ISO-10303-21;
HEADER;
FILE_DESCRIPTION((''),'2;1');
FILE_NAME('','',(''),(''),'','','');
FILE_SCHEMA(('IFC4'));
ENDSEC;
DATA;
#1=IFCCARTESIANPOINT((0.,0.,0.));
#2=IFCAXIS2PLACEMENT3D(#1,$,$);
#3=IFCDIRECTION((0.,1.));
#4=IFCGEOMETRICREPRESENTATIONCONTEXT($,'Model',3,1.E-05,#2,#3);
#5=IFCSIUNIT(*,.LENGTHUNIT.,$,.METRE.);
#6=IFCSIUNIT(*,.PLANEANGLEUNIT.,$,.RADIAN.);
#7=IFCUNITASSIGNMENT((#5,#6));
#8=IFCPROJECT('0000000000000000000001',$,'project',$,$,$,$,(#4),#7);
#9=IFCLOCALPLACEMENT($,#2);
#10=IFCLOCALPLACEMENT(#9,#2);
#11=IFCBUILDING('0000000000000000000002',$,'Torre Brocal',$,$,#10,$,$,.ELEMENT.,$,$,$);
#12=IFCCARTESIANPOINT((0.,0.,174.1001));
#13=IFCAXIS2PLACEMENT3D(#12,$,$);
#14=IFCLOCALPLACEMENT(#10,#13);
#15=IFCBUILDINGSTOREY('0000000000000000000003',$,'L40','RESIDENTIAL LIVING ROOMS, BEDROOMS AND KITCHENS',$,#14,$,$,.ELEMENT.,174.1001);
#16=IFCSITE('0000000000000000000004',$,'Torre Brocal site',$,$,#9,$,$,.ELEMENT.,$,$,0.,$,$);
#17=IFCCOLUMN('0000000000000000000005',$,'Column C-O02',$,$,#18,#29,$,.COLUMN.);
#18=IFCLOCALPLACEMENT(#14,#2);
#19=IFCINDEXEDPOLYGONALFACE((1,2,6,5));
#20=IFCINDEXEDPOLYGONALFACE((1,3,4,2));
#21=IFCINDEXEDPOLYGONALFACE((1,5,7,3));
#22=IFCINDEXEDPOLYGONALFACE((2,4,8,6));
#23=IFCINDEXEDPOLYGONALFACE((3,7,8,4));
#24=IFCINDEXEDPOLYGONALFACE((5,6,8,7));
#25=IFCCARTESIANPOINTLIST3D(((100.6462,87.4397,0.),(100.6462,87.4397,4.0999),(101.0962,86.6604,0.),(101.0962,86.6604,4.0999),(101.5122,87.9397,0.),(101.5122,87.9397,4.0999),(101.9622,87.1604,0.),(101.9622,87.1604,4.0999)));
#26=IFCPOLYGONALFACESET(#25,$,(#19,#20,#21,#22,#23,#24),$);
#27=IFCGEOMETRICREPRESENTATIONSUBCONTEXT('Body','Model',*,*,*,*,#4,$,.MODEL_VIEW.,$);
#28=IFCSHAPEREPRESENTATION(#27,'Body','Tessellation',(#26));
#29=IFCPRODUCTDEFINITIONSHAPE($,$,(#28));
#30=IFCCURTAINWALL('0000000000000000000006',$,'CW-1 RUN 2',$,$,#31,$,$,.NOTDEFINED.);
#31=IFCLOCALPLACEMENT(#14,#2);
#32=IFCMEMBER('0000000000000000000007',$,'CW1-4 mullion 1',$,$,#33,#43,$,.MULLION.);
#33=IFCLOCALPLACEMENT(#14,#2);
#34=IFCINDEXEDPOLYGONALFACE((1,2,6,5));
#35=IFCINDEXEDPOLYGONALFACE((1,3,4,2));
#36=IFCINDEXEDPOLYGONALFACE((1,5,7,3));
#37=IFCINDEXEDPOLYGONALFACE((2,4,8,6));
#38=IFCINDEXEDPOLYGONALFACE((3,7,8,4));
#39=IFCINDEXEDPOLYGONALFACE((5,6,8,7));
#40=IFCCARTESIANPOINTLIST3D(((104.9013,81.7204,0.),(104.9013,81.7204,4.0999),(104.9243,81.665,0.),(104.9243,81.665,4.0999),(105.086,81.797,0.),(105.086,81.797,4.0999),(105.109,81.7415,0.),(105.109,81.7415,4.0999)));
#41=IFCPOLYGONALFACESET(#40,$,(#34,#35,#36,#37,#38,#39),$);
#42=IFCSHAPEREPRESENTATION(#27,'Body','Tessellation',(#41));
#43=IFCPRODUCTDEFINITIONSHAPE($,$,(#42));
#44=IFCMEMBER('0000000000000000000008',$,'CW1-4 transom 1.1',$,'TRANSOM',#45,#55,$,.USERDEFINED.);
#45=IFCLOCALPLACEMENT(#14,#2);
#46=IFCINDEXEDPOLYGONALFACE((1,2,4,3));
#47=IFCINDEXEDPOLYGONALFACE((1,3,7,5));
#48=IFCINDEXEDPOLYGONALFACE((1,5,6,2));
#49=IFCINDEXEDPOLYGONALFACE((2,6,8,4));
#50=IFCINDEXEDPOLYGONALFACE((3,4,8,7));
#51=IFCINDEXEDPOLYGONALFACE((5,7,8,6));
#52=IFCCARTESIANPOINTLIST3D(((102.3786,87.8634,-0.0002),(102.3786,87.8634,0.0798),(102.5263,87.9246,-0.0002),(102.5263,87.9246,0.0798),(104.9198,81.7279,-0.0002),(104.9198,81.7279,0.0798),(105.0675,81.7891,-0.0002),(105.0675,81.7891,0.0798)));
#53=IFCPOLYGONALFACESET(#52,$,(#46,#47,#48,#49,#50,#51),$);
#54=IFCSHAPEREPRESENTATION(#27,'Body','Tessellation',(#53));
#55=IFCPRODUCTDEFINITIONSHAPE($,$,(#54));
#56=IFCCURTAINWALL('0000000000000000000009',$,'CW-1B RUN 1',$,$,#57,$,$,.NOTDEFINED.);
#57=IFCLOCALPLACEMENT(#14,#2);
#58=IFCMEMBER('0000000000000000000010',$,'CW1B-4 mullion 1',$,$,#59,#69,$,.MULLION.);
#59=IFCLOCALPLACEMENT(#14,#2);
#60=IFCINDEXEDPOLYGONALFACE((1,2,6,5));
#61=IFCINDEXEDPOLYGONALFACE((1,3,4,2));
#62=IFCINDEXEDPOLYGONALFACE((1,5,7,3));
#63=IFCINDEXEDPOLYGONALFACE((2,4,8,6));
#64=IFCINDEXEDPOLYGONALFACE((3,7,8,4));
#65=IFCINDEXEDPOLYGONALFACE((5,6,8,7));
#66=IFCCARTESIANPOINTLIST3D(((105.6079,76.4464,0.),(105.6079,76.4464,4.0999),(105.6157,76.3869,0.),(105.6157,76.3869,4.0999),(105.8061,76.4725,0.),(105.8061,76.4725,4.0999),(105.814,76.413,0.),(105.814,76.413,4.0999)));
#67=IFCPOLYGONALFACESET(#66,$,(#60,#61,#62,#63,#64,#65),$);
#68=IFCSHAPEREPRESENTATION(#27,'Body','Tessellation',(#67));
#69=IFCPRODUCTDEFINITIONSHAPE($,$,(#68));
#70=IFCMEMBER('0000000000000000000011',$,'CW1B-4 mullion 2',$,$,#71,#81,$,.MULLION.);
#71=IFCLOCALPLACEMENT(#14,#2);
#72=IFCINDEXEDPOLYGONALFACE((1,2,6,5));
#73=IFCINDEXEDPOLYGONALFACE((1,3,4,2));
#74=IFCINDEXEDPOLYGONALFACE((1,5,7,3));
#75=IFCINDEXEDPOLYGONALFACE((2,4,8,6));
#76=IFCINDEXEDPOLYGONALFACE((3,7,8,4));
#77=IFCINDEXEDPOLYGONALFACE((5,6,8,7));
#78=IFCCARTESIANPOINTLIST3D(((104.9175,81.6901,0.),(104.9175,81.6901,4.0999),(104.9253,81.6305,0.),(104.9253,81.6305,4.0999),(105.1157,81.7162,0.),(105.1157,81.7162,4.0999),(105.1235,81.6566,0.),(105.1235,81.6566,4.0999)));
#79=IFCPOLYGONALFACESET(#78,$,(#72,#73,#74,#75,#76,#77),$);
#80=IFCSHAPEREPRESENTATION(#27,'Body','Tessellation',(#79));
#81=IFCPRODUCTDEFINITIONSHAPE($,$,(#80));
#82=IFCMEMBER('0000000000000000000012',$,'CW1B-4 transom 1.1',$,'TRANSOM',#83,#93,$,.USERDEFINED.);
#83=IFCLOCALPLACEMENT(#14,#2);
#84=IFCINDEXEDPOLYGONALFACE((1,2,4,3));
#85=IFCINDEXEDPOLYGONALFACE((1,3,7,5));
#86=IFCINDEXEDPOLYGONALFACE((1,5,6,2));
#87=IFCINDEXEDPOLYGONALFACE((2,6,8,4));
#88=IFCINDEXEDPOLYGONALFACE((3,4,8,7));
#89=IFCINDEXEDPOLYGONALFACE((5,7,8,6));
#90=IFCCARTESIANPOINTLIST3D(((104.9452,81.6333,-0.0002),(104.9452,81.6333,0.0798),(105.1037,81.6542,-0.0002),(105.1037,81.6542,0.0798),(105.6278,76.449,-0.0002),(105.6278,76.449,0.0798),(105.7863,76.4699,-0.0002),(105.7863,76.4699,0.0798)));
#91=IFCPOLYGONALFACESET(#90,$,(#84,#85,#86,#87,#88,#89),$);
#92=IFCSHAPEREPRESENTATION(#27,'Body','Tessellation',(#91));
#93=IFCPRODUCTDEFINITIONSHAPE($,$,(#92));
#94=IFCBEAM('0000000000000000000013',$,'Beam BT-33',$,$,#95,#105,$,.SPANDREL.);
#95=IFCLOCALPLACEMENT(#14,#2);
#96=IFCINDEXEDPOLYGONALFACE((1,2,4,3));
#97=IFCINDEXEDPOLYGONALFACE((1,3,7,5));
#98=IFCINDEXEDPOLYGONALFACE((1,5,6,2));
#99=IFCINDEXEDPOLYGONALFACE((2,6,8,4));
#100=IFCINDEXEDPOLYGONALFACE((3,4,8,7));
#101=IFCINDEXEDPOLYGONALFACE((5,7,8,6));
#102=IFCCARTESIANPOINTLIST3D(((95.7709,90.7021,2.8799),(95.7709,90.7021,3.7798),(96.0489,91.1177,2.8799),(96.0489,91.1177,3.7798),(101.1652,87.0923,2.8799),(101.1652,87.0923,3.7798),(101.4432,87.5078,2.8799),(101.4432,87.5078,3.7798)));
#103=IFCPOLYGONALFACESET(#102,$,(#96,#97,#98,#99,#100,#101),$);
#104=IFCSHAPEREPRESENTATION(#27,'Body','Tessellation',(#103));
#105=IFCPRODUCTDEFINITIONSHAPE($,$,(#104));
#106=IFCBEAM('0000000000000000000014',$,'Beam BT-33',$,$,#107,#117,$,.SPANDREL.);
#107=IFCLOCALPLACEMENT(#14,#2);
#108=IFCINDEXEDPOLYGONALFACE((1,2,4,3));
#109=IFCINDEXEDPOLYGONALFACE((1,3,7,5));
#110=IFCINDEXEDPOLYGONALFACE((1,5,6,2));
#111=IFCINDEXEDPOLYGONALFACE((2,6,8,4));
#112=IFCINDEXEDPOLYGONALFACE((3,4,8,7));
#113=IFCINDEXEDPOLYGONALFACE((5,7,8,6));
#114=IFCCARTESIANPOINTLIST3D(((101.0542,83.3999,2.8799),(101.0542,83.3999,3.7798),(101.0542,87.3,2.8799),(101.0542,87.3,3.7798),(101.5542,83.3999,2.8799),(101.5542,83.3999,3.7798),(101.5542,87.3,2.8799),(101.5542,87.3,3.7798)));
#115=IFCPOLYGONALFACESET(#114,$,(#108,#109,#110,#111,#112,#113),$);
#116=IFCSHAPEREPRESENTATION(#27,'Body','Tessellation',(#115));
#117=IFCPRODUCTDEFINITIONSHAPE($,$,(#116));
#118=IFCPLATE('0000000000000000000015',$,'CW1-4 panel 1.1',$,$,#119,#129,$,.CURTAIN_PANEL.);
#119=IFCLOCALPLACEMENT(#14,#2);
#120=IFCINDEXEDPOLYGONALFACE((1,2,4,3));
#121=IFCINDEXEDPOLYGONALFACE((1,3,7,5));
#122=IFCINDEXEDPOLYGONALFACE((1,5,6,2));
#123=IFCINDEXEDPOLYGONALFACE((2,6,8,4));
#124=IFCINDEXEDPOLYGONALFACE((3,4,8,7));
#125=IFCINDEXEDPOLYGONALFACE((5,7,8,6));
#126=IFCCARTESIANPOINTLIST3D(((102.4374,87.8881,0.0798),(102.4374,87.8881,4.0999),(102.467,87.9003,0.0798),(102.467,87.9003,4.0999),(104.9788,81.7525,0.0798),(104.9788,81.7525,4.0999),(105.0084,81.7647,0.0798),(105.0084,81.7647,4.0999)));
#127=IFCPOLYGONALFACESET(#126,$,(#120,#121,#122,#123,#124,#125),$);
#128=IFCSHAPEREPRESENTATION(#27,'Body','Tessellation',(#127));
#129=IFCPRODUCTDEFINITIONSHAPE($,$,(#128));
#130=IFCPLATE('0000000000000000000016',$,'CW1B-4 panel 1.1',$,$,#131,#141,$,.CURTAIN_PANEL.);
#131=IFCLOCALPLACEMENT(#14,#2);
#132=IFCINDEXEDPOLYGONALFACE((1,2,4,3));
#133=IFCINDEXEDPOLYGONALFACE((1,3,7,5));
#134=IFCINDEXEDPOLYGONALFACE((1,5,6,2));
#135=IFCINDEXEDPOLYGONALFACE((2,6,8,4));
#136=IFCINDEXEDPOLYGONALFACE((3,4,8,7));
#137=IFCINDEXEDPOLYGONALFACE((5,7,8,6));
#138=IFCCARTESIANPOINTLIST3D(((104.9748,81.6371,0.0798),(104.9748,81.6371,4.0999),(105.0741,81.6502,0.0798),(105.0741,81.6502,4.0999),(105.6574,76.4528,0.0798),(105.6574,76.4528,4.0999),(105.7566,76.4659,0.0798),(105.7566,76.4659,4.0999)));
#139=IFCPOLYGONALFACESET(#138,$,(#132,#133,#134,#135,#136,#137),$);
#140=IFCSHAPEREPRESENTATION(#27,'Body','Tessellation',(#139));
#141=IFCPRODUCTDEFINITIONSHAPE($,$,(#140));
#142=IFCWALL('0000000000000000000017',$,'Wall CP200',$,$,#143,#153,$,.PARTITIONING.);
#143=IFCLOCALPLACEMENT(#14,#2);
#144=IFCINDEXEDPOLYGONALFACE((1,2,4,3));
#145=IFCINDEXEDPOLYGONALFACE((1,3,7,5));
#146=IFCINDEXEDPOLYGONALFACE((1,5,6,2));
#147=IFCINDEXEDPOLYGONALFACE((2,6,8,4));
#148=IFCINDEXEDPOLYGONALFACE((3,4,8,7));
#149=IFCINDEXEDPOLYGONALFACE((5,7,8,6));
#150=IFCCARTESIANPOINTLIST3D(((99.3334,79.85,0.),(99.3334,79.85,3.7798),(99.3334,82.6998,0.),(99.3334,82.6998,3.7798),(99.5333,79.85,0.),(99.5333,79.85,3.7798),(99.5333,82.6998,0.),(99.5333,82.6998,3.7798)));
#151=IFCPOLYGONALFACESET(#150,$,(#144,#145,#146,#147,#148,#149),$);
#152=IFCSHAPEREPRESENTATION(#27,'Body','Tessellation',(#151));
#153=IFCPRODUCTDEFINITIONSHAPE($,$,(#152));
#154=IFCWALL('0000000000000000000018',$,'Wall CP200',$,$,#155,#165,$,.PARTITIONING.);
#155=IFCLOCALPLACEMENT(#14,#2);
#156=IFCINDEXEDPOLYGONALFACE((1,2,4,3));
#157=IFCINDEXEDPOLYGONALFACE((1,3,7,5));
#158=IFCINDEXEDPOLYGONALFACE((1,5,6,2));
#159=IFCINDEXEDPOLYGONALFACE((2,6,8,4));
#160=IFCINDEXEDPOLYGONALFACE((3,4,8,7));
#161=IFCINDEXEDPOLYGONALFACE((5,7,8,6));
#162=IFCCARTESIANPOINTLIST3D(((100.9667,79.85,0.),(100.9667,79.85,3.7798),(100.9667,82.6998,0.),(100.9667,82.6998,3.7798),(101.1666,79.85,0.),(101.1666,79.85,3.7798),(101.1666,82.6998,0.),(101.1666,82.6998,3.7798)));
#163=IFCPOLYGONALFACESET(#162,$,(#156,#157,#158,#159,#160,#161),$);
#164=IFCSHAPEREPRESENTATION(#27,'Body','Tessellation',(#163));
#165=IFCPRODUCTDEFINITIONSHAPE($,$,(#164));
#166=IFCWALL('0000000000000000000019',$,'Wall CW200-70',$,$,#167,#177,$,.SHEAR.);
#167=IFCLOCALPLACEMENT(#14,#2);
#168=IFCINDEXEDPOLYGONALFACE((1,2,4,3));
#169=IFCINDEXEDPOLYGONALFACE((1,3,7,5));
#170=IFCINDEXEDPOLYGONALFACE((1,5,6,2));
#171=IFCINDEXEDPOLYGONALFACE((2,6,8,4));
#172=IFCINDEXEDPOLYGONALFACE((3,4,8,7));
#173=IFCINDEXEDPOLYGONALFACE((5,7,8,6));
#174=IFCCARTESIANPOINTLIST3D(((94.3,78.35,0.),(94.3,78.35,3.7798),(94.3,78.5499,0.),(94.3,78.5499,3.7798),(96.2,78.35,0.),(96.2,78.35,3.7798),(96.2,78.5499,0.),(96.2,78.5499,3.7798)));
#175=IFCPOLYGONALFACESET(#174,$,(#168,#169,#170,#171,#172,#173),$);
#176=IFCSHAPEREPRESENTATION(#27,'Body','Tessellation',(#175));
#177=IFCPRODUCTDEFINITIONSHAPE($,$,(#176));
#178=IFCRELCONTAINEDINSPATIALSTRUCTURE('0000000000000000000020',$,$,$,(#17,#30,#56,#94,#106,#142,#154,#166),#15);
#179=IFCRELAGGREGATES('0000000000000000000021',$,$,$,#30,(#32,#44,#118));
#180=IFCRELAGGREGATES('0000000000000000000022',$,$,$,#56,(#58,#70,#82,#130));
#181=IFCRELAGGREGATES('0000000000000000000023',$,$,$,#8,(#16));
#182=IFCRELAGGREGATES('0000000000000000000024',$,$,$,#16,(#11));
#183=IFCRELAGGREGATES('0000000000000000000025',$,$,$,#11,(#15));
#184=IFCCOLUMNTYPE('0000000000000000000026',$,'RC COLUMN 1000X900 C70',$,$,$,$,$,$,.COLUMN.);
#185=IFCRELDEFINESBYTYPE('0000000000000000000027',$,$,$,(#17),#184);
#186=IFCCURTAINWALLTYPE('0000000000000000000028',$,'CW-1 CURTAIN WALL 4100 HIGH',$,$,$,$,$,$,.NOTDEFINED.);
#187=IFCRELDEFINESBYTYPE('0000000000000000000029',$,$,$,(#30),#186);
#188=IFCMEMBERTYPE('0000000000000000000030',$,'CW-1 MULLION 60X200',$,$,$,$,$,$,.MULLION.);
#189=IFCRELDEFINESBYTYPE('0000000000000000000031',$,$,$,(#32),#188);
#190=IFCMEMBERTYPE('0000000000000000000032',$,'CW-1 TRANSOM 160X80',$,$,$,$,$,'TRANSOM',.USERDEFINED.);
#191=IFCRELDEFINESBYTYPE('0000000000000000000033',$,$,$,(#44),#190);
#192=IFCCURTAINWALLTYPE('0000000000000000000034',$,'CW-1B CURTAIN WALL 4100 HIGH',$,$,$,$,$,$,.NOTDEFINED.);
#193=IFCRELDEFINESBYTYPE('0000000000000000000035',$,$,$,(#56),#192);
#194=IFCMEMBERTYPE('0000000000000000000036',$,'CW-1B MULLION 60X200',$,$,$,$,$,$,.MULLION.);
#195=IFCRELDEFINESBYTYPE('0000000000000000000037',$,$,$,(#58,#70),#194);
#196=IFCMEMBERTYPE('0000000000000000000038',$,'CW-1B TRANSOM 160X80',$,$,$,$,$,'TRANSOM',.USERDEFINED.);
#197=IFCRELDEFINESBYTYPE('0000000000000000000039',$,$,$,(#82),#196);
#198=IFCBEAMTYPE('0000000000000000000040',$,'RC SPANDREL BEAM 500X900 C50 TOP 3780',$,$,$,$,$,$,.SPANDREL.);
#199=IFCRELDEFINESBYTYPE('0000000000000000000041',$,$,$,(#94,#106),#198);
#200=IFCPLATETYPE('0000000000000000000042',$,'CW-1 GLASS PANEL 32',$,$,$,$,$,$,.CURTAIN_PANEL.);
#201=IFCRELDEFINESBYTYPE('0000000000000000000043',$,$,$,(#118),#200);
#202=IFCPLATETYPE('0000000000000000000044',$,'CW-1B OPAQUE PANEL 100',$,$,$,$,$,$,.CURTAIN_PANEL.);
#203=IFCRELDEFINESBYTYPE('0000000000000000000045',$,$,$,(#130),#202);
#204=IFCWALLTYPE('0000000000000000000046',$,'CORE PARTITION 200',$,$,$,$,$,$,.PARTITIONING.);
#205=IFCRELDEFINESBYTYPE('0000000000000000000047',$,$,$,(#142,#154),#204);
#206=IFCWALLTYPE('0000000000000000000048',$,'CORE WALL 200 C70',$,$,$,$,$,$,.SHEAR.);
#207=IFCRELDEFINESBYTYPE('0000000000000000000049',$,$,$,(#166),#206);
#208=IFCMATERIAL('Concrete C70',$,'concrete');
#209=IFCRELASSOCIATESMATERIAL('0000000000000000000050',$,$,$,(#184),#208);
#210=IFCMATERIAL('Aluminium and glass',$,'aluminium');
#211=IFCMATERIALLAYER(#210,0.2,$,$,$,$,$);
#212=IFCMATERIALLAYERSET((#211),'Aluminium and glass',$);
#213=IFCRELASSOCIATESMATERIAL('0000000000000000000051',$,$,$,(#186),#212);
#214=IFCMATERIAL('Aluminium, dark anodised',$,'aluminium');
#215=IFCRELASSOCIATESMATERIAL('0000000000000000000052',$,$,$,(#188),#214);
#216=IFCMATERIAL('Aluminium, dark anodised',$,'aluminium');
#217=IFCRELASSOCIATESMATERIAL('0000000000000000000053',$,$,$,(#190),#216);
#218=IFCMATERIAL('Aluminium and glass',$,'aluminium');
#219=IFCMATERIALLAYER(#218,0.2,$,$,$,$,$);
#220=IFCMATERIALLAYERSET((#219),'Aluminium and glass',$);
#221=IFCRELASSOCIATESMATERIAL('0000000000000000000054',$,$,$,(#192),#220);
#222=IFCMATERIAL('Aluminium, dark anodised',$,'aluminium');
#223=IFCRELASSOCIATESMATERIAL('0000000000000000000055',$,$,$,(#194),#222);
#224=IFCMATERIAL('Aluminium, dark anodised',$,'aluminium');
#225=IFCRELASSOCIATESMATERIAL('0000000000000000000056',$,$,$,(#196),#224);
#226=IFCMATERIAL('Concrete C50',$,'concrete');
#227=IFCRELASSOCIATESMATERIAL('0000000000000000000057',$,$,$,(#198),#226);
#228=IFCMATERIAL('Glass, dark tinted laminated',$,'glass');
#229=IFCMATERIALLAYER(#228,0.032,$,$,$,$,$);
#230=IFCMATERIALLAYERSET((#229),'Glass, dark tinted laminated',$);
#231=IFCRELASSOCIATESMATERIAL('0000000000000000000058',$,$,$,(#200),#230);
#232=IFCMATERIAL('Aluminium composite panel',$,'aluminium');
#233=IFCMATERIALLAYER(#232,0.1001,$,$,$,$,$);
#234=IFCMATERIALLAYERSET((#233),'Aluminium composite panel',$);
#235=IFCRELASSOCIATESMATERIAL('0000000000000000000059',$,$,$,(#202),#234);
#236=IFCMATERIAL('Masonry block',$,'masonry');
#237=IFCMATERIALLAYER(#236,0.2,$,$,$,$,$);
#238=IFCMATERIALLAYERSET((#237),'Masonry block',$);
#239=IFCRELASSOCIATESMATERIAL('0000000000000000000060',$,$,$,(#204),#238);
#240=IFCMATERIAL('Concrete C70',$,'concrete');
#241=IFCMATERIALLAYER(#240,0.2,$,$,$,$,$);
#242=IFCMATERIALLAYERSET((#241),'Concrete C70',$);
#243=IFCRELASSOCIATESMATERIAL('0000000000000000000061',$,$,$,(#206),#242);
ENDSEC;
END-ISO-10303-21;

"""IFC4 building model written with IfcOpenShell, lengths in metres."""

from ifc_helpers import new_model, si_unit, direction, frame, frame_2d, origin, origin_2d, place, context, subcontext, project, spatial, rectangle, extrude, material, layer, layer_set, material_profile, profile_set, type_object, element, aggregate, save


model = new_model("IFC4")

# Units and contexts
model_context = context("Model", 3, precision=1e-05, world=origin(), true_north=direction((0.0, 1.0)))
body_context = subcontext(model_context, "Body", "Model", "MODEL_VIEW")
ifc_project = project(units=[si_unit("LENGTHUNIT", "METRE"), si_unit("PLANEANGLEUNIT", "RADIAN")], contexts=[model_context])

# Site, building, storey
site_placement = place(None, origin())
site = spatial("IfcSite", under=ifc_project, at=site_placement, Name="Torre Brocal site", CompositionType="ELEMENT", RefElevation=0.0)
building_placement = place(site_placement, origin())
building = spatial("IfcBuilding", under=site, at=building_placement, Name="Torre Brocal", CompositionType="ELEMENT")
storey_placement = place(building_placement, frame((0.0, 0.0, 174.1001)))
storey = spatial("IfcBuildingStorey", under=building, at=storey_placement, Name="L40", Description="RESIDENTIAL LIVING ROOMS, BEDROOMS AND KITCHENS", CompositionType="ELEMENT", Elevation=174.1001)

# Column
ifc_material_1 = material(Name="Concrete C70", Category="concrete")
ifc_material_profile_1 = material_profile(ifc_material_1, rectangle(XDim=1.0, YDim=0.8999, at=origin_2d()), Name="RC 1000X900")
ifc_profile_set_1 = profile_set([ifc_material_profile_1], Name="Concrete C70")
column_type = type_object("IfcColumnType", Name="RC COLUMN 1000X900 C70", PredefinedType="COLUMN", material=ifc_profile_set_1)
column_placement = place(storey_placement, frame((101.3042, 87.3, 0.0), z_axis=(0.0, 0.0, 1.0), x_axis=(0.866025, 0.5, 0.0)))
element("IfcColumn", 1, at=column_placement, inside=storey, type_object=column_type, Name="Column C-O02", PredefinedType="COLUMN", context=body_context, shape_type="SweptSolid", body=[
    extrude(rectangle(XDim=1.0, YDim=0.8999, at=origin_2d()), origin(), (0.0, 0.0, 1.0), 4.0999),
])

# Curtain walls, members
ifc_material_2 = material(Name="Aluminium and glass", Category="aluminium")
ifc_layer_1 = layer(ifc_material_2, 0.2)
ifc_layer_set_1 = layer_set([ifc_layer_1], Name="Aluminium and glass")
curtain_wall_type_1 = type_object("IfcCurtainWallType", Name="CW-1 CURTAIN WALL 4100 HIGH", PredefinedType="NOTDEFINED", material=ifc_layer_set_1)
curtain_wall_1_placement = place(storey_placement, origin())
curtain_wall_1 = element("IfcCurtainWall", 2, at=curtain_wall_1_placement, inside=storey, type_object=curtain_wall_type_1, Name="CW-1 RUN 2", PredefinedType="NOTDEFINED")
ifc_material_3 = material(Name="Aluminium, dark anodised", Category="aluminium")
ifc_material_profile_2 = material_profile(ifc_material_3, rectangle(XDim=0.2, YDim=0.0601, at=origin_2d()), Name="CW-1 MULLION 60X200")
ifc_profile_set_2 = profile_set([ifc_material_profile_2], Name="Aluminium, dark anodised")
member_type_1 = type_object("IfcMemberType", Name="CW-1 MULLION 60X200", PredefinedType="MULLION", material=ifc_profile_set_2)
member_1_placement = place(storey_placement, frame((105.0051, 81.731, 0.0), z_axis=(0.0, 0.0, 1.0), x_axis=(-0.92388, -0.382683, 0.0)))
member_1 = element("IfcMember", 3, at=member_1_placement, type_object=member_type_1, Name="CW1-4 mullion 1", PredefinedType="MULLION", context=body_context, shape_type="SweptSolid", body=[
    extrude(rectangle(XDim=0.2, YDim=0.0601, at=origin_2d()), origin(), (0.0, 0.0, 1.0), 4.0999),
])
ifc_material_4 = material(Name="Aluminium, dark anodised", Category="aluminium")
ifc_material_profile_3 = material_profile(ifc_material_4, rectangle(XDim=0.1599, YDim=0.0801, at=origin_2d()), Name="CW-1 TRANSOM 160X80")
ifc_profile_set_3 = profile_set([ifc_material_profile_3], Name="Aluminium, dark anodised")
member_type_2 = type_object("IfcMemberType", Name="CW-1 TRANSOM 160X80", ElementType="TRANSOM", PredefinedType="USERDEFINED", material=ifc_profile_set_3)
member_2_placement = place(storey_placement, frame((104.9937, 81.7585, 0.0398), z_axis=(-0.382665, 0.923887, 0.0), x_axis=(-0.923887, -0.382665, 0.0)))
member_2 = element("IfcMember", 4, at=member_2_placement, type_object=member_type_2, Name="CW1-4 transom 1.1", ObjectType="TRANSOM", PredefinedType="USERDEFINED", context=body_context, shape_type="SweptSolid", body=[
    extrude(rectangle(XDim=0.1599, YDim=0.0801, at=origin_2d()), origin(), (0.0, 0.0, 1.0), 6.6409),
])
ifc_material_5 = material(Name="Aluminium and glass", Category="aluminium")
ifc_layer_2 = layer(ifc_material_5, 0.2)
ifc_layer_set_2 = layer_set([ifc_layer_2], Name="Aluminium and glass")
curtain_wall_type_2 = type_object("IfcCurtainWallType", Name="CW-1B CURTAIN WALL 4100 HIGH", PredefinedType="NOTDEFINED", material=ifc_layer_set_2)
curtain_wall_2_placement = place(storey_placement, origin())
curtain_wall_2 = element("IfcCurtainWall", 5, at=curtain_wall_2_placement, inside=storey, type_object=curtain_wall_type_2, Name="CW-1B RUN 1", PredefinedType="NOTDEFINED")
ifc_material_6 = material(Name="Aluminium, dark anodised", Category="aluminium")
ifc_material_profile_4 = material_profile(ifc_material_6, rectangle(XDim=0.2, YDim=0.0601, at=origin_2d()), Name="CW-1B MULLION 60X200")
ifc_profile_set_4 = profile_set([ifc_material_profile_4], Name="Aluminium, dark anodised")
member_type_3 = type_object("IfcMemberType", Name="CW-1B MULLION 60X200", PredefinedType="MULLION", material=ifc_profile_set_4)
member_3_placement = place(storey_placement, frame((105.7109, 76.4297, 0.0), z_axis=(0.0, 0.0, 1.0), x_axis=(-0.991445, -0.130526, 0.0)))
member_3 = element("IfcMember", 6, at=member_3_placement, type_object=member_type_3, Name="CW1B-4 mullion 1", PredefinedType="MULLION", context=body_context, shape_type="SweptSolid", body=[
    extrude(rectangle(XDim=0.2, YDim=0.0601, at=origin_2d()), origin(), (0.0, 0.0, 1.0), 4.0999),
])
member_4_placement = place(storey_placement, frame((105.0205, 81.6733, 0.0), z_axis=(0.0, 0.0, 1.0), x_axis=(-0.991445, -0.130526, 0.0)))
member_4 = element("IfcMember", 7, at=member_4_placement, type_object=member_type_3, Name="CW1B-4 mullion 2", PredefinedType="MULLION", context=body_context, shape_type="SweptSolid", body=[
    extrude(rectangle(XDim=0.2, YDim=0.0601, at=origin_2d()), origin(), (0.0, 0.0, 1.0), 4.0999),
])
ifc_material_7 = material(Name="Aluminium, dark anodised", Category="aluminium")
ifc_material_profile_5 = material_profile(ifc_material_7, rectangle(XDim=0.1599, YDim=0.0801, at=origin_2d()), Name="CW-1B TRANSOM 160X80")
ifc_profile_set_5 = profile_set([ifc_material_profile_5], Name="Aluminium, dark anodised")
member_type_4 = type_object("IfcMemberType", Name="CW-1B TRANSOM 160X80", ElementType="TRANSOM", PredefinedType="USERDEFINED", material=ifc_profile_set_5)
member_5_placement = place(storey_placement, frame((105.707, 76.4595, 0.0398), z_axis=(-0.130543, 0.991443, 0.0), x_axis=(-0.991443, -0.130543, 0.0)))
member_5 = element("IfcMember", 8, at=member_5_placement, type_object=member_type_4, Name="CW1B-4 transom 1.1", ObjectType="TRANSOM", PredefinedType="USERDEFINED", context=body_context, shape_type="SweptSolid", body=[
    extrude(rectangle(XDim=0.1599, YDim=0.0801, at=origin_2d()), origin(), (0.0, 0.0, 1.0), 5.229),
])

# Beams
ifc_material_8 = material(Name="Concrete C50", Category="concrete")
ifc_material_profile_6 = material_profile(ifc_material_8, rectangle(XDim=0.5, YDim=0.8999, at=origin_2d()), Name="RC 500X900")
ifc_profile_set_6 = profile_set([ifc_material_profile_6], Name="Concrete C50")
beam_type = type_object("IfcBeamType", Name="RC SPANDREL BEAM 500X900 C50 TOP 3780", PredefinedType="SPANDREL", material=ifc_profile_set_6)
beam_1_placement = place(storey_placement, frame((101.3042, 87.3, 3.3298), z_axis=(-0.831077, 0.556158, 0.0), x_axis=(-0.556158, -0.831077, 0.0)))
element("IfcBeam", 9, at=beam_1_placement, inside=storey, type_object=beam_type, Name="Beam BT-33", PredefinedType="SPANDREL", context=body_context, shape_type="SweptSolid", body=[
    extrude(rectangle(XDim=0.5, YDim=0.8999, at=origin_2d()), origin(), (0.0, 0.0, 1.0), 6.4907),
])
beam_2_placement = place(storey_placement, frame((101.3042, 87.3, 3.3298), z_axis=(0.0, -1.0, 0.0), x_axis=(1.0, 0.0, 0.0)))
element("IfcBeam", 10, at=beam_2_placement, inside=storey, type_object=beam_type, Name="Beam BT-33", PredefinedType="SPANDREL", context=body_context, shape_type="SweptSolid", body=[
    extrude(rectangle(XDim=0.5, YDim=0.8999, at=origin_2d()), origin(), (0.0, 0.0, 1.0), 3.9001),
])

# Plates
ifc_material_9 = material(Name="Glass, dark tinted laminated", Category="glass")
ifc_layer_3 = layer(ifc_material_9, 0.032)
ifc_layer_set_3 = layer_set([ifc_layer_3], Name="Glass, dark tinted laminated")
plate_type_1 = type_object("IfcPlateType", Name="CW-1 GLASS PANEL 32", PredefinedType="CURTAIN_PANEL", material=ifc_layer_set_3)
plate_1_placement = place(storey_placement, frame((103.7229, 84.8264, 0.0798), z_axis=(0.0, 0.0, 1.0), x_axis=(-0.382683, 0.92388, 0.0)))
plate_1 = element("IfcPlate", 11, at=plate_1_placement, type_object=plate_type_1, Name="CW1-4 panel 1.1", PredefinedType="CURTAIN_PANEL", context=body_context, shape_type="SweptSolid", body=[
    extrude(rectangle(XDim=6.6411, YDim=0.032, at=origin_2d()), origin(), (0.0, 0.0, 1.0), 4.02),
])
aggregate(curtain_wall_1, [member_1, member_2, plate_1])
ifc_material_10 = material(Name="Aluminium composite panel", Category="aluminium")
ifc_layer_4 = layer(ifc_material_10, 0.1001)
ifc_layer_set_4 = layer_set([ifc_layer_4], Name="Aluminium composite panel")
plate_type_2 = type_object("IfcPlateType", Name="CW-1B OPAQUE PANEL 100", PredefinedType="CURTAIN_PANEL", material=ifc_layer_set_4)
plate_2_placement = place(storey_placement, frame((105.3657, 79.0515, 0.0798), z_axis=(0.0, 0.0, 1.0), x_axis=(-0.130526, 0.991445, 0.0)))
plate_2 = element("IfcPlate", 12, at=plate_2_placement, type_object=plate_type_2, Name="CW1B-4 panel 1.1", PredefinedType="CURTAIN_PANEL", context=body_context, shape_type="SweptSolid", body=[
    extrude(rectangle(XDim=5.229, YDim=0.1001, at=origin_2d()), origin(), (0.0, 0.0, 1.0), 4.02),
])
aggregate(curtain_wall_2, [member_3, member_4, member_5, plate_2])

# Walls
ifc_material_11 = material(Name="Masonry block", Category="masonry")
ifc_layer_5 = layer(ifc_material_11, 0.2)
ifc_layer_set_5 = layer_set([ifc_layer_5], Name="Masonry block")
wall_type_1 = type_object("IfcWallType", Name="CORE PARTITION 200", PredefinedType="PARTITIONING", material=ifc_layer_set_5)
for number, where, z_axis, x_axis, name in (
    (13, (99.4333, 79.8501, 0.0), (0.0, 0.0, 1.0), (0.0, 1.0, 0.0), "Wall CP200"),
    (14, (101.0667, 79.8501, 0.0), (0.0, 0.0, 1.0), (0.0, 1.0, 0.0), "Wall CP200"),
):
    element("IfcWall", number, at=place(storey_placement, frame(where, z_axis=z_axis, x_axis=x_axis)), inside=storey, type_object=wall_type_1, Name=name, PredefinedType="PARTITIONING", context=body_context, shape_type="SweptSolid", body=[
        extrude(rectangle(XDim=2.8499, YDim=0.2, at=frame_2d((1.4248, 0.0))), origin(), (0.0, 0.0, 1.0), 3.7798),
    ])
ifc_material_12 = material(Name="Concrete C70", Category="concrete")
ifc_layer_6 = layer(ifc_material_12, 0.2)
ifc_layer_set_6 = layer_set([ifc_layer_6], Name="Concrete C70")
wall_type_2 = type_object("IfcWallType", Name="CORE WALL 200 C70", PredefinedType="SHEAR", material=ifc_layer_set_6)
wall_1_placement = place(storey_placement, frame((94.3, 78.45, 0.0), z_axis=(0.0, 0.0, 1.0), x_axis=(1.0, 0.0, 0.0)))
element("IfcWall", 15, at=wall_1_placement, inside=storey, type_object=wall_type_2, Name="Wall CW200-70", PredefinedType="SHEAR", context=body_context, shape_type="SweptSolid", body=[
    extrude(rectangle(XDim=1.8999, YDim=0.2, at=frame_2d((0.95, 0.0))), origin(), (0.0, 0.0, 1.0), 3.7798),
])

save(model, "model.ifc")
